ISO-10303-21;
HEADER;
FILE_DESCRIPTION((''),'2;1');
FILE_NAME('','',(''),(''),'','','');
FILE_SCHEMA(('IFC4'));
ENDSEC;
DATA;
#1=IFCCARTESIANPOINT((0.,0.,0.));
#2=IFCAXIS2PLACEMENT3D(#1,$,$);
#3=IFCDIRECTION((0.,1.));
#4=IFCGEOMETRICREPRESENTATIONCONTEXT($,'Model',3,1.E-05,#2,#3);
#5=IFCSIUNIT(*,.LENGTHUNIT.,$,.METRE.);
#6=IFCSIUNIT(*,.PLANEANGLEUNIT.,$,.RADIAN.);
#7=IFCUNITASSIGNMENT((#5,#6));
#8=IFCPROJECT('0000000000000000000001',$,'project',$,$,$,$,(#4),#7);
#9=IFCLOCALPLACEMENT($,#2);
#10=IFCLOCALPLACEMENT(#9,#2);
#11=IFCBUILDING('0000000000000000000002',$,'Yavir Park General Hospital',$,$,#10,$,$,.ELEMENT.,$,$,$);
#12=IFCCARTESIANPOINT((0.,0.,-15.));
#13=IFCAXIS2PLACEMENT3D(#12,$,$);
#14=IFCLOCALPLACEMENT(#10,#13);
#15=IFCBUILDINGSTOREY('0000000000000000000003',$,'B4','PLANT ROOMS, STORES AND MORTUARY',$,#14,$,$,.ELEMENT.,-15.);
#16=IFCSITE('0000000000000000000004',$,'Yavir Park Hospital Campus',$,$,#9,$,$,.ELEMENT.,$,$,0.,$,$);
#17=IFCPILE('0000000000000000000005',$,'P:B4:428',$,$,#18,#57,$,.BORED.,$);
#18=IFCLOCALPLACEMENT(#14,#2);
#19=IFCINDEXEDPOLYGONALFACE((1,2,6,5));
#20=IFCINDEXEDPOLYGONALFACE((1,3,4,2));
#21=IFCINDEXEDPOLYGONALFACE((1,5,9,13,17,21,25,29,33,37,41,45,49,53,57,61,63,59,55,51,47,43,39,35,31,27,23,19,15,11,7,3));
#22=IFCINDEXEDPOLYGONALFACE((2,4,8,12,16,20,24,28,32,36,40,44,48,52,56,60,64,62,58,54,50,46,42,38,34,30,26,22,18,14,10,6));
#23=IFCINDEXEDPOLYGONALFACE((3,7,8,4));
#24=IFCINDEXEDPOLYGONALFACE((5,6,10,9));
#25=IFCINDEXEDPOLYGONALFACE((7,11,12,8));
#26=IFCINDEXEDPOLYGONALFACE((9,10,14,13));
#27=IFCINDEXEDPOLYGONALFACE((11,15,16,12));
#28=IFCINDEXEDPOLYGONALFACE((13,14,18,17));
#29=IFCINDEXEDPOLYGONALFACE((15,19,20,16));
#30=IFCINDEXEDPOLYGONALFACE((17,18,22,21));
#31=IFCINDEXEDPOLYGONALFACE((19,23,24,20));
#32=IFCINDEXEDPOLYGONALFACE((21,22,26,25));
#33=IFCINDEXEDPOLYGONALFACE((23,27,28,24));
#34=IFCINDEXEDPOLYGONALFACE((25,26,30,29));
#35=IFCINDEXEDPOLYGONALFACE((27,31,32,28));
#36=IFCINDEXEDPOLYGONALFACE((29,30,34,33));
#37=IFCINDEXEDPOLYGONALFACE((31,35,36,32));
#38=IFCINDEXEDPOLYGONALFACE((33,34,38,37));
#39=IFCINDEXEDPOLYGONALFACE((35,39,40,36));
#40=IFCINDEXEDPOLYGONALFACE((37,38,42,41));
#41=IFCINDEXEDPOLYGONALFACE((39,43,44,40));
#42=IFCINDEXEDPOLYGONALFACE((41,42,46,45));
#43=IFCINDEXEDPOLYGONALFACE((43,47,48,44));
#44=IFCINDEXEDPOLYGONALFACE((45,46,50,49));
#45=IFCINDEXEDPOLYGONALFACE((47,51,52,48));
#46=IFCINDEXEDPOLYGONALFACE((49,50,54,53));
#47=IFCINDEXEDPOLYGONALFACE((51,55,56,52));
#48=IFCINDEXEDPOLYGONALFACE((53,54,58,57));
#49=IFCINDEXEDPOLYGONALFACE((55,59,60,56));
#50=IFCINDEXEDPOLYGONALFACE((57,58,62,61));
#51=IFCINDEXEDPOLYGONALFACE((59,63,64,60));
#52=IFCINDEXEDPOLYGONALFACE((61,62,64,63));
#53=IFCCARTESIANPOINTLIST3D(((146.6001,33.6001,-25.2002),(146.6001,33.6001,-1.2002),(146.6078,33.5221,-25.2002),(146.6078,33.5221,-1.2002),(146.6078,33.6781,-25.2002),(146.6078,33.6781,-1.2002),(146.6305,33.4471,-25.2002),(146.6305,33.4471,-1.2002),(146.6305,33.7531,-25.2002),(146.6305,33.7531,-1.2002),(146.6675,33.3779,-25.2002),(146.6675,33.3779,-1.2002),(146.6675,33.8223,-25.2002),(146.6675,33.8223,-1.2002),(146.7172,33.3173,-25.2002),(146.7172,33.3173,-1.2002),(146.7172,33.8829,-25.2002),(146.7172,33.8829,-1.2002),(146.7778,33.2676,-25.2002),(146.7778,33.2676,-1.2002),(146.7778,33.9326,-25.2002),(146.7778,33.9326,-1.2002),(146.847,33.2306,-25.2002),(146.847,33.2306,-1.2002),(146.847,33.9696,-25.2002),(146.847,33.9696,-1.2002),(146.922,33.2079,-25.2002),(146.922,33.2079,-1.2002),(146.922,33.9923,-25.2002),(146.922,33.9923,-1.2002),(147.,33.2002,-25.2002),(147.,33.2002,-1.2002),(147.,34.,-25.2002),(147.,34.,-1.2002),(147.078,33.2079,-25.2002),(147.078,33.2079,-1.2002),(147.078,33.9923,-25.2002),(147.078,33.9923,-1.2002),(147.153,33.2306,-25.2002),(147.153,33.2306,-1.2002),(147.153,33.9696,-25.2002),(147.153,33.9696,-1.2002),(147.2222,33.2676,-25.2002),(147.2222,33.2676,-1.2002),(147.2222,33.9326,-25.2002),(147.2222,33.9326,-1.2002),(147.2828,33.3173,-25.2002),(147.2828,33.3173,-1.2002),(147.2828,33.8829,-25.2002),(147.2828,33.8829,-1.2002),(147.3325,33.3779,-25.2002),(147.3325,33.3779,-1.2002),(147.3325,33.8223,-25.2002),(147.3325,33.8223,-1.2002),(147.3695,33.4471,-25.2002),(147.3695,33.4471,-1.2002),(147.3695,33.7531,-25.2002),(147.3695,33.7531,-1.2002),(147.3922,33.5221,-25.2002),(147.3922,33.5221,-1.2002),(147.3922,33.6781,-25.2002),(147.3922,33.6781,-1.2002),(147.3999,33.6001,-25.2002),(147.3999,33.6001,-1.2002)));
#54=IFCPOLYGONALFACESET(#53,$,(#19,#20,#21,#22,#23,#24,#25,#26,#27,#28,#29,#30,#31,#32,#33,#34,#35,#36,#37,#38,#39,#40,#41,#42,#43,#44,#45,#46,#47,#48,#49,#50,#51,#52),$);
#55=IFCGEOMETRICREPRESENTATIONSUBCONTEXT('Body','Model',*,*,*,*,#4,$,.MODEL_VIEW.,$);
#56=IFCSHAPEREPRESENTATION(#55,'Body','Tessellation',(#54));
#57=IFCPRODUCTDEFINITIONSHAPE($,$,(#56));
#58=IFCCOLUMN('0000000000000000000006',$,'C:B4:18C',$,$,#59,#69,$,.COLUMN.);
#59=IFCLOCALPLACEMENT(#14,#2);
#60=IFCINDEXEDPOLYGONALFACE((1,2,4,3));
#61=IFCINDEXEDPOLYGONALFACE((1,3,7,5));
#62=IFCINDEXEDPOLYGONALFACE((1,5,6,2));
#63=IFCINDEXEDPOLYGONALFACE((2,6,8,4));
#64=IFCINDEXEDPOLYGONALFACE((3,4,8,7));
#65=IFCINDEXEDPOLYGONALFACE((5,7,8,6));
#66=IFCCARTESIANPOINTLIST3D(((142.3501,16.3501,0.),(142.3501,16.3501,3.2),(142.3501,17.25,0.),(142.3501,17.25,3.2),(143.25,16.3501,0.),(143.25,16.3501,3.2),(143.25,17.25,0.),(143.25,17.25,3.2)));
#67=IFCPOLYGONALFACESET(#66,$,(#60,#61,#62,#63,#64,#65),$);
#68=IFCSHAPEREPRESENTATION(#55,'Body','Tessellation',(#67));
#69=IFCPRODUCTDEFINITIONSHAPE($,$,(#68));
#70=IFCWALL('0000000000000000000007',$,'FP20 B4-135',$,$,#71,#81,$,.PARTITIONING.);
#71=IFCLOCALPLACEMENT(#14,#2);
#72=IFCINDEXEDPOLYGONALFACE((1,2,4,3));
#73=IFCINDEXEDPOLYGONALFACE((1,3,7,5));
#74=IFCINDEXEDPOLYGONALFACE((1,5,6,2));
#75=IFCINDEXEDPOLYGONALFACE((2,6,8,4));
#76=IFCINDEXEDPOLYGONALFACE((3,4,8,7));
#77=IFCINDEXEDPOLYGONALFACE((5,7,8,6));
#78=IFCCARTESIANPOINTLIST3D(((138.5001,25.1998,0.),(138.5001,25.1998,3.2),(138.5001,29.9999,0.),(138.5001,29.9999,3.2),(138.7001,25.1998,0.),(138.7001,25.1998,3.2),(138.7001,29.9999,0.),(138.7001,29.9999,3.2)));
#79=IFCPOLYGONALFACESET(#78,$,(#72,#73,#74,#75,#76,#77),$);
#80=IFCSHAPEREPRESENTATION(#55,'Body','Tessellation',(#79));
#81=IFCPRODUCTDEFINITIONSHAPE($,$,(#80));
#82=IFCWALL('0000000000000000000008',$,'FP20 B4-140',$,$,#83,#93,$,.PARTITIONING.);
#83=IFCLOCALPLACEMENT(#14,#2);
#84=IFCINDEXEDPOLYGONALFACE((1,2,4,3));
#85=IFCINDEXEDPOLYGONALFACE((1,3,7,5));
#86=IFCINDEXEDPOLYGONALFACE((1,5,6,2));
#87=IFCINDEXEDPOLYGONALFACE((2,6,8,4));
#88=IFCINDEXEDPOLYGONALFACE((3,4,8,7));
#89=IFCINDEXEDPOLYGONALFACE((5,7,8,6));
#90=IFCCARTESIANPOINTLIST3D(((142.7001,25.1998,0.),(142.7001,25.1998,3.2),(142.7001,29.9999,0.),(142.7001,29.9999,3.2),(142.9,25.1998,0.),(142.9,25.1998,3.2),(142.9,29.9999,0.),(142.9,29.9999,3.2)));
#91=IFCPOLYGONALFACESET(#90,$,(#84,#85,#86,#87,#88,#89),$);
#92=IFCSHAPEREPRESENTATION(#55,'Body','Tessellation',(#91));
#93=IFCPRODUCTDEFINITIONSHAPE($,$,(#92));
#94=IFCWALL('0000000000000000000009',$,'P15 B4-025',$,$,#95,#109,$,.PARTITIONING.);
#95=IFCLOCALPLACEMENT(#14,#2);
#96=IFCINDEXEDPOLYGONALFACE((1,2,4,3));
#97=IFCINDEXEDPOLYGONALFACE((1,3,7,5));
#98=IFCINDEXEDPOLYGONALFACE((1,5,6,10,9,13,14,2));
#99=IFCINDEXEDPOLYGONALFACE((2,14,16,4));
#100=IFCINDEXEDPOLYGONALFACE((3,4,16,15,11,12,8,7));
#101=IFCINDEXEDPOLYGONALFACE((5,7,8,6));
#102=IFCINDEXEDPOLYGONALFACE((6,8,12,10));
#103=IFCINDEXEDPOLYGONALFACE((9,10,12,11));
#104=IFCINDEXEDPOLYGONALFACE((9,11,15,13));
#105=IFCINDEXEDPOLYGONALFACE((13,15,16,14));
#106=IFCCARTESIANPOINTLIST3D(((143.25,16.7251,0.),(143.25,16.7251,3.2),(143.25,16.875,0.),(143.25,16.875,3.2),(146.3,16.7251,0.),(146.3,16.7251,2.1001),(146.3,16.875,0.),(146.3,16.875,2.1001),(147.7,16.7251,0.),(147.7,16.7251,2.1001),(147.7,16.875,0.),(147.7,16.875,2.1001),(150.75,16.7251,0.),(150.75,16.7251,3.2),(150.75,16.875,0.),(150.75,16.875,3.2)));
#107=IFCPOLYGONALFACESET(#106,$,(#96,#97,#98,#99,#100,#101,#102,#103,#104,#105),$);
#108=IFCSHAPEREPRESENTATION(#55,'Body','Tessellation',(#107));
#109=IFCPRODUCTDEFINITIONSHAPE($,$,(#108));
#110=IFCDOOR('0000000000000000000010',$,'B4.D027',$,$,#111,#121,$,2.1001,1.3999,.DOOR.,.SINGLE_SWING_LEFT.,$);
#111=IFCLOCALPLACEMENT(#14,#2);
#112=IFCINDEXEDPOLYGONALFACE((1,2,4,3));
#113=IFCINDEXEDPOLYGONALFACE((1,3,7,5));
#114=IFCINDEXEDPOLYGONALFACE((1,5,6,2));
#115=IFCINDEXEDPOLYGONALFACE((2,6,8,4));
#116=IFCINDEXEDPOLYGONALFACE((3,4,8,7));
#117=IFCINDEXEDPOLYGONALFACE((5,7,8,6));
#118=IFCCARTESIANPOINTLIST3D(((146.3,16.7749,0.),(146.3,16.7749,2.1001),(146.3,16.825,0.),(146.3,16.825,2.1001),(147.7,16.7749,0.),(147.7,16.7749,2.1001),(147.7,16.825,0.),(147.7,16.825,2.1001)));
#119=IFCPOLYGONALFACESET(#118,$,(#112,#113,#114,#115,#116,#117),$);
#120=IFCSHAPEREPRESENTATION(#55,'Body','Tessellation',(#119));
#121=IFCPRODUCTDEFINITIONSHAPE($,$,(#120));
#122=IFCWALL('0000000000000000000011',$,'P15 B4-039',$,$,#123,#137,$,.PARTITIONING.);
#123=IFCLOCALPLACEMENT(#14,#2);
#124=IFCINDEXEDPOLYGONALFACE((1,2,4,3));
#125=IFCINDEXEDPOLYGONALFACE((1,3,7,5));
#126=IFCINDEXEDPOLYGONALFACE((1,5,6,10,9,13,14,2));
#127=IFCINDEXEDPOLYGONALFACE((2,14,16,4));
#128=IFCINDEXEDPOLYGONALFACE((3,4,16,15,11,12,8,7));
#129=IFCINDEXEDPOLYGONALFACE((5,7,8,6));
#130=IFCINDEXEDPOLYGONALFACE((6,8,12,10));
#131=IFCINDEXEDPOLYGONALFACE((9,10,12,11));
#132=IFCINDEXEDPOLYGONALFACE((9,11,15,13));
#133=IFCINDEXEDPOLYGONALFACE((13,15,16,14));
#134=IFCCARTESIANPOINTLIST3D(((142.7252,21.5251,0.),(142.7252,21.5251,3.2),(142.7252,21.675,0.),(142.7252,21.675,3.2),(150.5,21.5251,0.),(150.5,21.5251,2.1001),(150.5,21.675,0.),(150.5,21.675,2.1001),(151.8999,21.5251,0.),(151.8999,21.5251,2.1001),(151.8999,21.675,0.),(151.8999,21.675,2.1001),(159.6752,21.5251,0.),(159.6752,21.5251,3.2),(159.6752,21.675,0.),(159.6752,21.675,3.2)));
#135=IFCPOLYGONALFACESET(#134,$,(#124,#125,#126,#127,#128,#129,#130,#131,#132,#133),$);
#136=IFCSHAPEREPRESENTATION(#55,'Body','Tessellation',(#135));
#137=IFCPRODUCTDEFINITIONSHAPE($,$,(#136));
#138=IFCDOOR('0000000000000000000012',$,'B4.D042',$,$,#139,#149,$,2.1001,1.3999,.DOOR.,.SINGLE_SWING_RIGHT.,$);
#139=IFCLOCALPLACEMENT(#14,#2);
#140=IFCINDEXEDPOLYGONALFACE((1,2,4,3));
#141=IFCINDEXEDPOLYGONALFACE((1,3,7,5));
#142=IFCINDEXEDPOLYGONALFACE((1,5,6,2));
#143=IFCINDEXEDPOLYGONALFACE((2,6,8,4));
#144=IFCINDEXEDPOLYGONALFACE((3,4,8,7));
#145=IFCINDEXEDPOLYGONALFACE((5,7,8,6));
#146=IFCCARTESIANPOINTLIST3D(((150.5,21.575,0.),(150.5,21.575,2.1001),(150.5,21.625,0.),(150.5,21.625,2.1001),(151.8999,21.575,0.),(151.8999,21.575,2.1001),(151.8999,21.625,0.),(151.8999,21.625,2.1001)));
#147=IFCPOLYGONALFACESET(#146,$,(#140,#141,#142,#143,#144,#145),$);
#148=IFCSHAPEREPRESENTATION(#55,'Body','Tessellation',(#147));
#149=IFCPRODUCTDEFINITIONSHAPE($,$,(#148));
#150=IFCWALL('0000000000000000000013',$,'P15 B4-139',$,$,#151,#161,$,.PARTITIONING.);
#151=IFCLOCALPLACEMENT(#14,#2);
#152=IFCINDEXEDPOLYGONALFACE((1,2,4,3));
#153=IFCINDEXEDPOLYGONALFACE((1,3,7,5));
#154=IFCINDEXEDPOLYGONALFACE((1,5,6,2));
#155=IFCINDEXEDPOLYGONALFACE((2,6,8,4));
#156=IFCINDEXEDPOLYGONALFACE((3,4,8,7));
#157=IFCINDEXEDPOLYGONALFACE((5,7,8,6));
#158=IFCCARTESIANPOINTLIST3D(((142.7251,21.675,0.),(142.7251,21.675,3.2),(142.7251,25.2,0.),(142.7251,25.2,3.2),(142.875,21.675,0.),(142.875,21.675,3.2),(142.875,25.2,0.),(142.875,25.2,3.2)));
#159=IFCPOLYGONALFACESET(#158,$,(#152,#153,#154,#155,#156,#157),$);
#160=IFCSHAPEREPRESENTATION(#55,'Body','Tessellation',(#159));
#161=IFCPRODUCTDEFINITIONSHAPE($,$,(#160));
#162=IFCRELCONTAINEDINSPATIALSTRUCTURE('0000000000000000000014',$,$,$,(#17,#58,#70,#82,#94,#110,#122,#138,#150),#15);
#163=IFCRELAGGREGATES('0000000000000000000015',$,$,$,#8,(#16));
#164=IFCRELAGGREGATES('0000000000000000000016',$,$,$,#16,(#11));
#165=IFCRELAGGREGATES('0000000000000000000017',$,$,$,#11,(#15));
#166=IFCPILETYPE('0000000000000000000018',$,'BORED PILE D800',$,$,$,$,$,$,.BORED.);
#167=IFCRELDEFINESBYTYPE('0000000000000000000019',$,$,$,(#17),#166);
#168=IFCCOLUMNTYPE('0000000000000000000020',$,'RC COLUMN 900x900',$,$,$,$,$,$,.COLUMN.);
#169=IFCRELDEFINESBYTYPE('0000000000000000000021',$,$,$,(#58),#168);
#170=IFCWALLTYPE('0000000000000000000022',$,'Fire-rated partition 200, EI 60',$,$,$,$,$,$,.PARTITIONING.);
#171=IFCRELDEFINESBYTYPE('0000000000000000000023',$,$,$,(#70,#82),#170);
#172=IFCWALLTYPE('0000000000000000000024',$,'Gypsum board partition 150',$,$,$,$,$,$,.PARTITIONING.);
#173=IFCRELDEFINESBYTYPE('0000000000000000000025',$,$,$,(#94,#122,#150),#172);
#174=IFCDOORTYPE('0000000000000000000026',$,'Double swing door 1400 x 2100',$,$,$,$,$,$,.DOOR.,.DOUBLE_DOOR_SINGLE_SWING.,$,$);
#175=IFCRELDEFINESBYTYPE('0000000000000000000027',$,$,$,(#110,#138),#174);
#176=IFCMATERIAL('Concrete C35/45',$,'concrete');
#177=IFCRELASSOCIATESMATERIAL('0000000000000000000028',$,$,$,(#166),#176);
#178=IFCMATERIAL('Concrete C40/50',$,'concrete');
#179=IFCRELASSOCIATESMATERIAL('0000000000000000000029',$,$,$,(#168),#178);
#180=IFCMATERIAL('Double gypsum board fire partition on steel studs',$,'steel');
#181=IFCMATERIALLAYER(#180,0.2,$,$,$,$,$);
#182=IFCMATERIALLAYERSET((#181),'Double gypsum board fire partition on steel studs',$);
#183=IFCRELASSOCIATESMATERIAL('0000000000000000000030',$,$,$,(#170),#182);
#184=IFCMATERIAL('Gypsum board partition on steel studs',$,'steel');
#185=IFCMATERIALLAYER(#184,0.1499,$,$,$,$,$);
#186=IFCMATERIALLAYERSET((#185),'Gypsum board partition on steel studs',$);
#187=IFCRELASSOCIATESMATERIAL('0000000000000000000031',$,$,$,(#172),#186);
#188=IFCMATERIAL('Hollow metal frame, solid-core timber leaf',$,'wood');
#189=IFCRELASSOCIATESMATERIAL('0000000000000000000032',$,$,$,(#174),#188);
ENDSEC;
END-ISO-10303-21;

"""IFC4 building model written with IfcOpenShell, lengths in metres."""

from ifc_helpers import new_model, si_unit, direction, frame, frame_2d, origin, origin_2d, place, context, subcontext, project, spatial, rectangle, circle, extrude, material, layer, layer_set, material_profile, profile_set, type_object, element, fill, save


model = new_model("IFC4")

# Units and contexts
model_context = context("Model", 3, precision=1e-05, world=origin(), true_north=direction((0.0, 1.0)))
body_context = subcontext(model_context, "Body", "Model", "MODEL_VIEW")
ifc_project = project(units=[si_unit("LENGTHUNIT", "METRE"), si_unit("PLANEANGLEUNIT", "RADIAN")], contexts=[model_context])

# Site, building, storey
site_placement = place(None, origin())
site = spatial("IfcSite", under=ifc_project, at=site_placement, Name="Yavir Park Hospital Campus", CompositionType="ELEMENT", RefElevation=0.0)
building_placement = place(site_placement, origin())
building = spatial("IfcBuilding", under=site, at=building_placement, Name="Yavir Park General Hospital", CompositionType="ELEMENT")
storey_placement = place(building_placement, frame((0.0, 0.0, -15.0)))
storey = spatial("IfcBuildingStorey", under=building, at=storey_placement, Name="B4", Description="PLANT ROOMS, STORES AND MORTUARY", CompositionType="ELEMENT", Elevation=-15.0)

# Pile
ifc_material_1 = material(Name="Concrete C35/45", Category="concrete")
ifc_material_profile_1 = material_profile(ifc_material_1, circle(Radius=0.3999, at=origin_2d()), Name="D800")
ifc_profile_set_1 = profile_set([ifc_material_profile_1], Name="Concrete C35/45")
pile_type_1 = type_object("IfcPileType", Name="BORED PILE D800", PredefinedType="BORED", material=ifc_profile_set_1)
for number, where, z_axis, x_axis, name in (
    (1, (147.0, 33.6001, -1.2002), (0.0, 0.0, -1.0), (1.0, 0.0, 0.0), "P:B4:428"),
):
    element("IfcPile", number, at=place(storey_placement, frame(where, z_axis=z_axis, x_axis=x_axis)), inside=storey, type_object=pile_type_1, Name=name, PredefinedType="BORED", context=body_context, shape_type="SweptSolid", body=[
        extrude(circle(Radius=0.3999, at=origin_2d()), origin(), (0.0, 0.0, 1.0), 24.0),
    ])

# Column
ifc_material_2 = material(Name="Concrete C40/50", Category="concrete")
ifc_material_profile_2 = material_profile(ifc_material_2, rectangle(XDim=0.8999, YDim=0.8999, at=origin_2d()), Name="RC900x900")
ifc_profile_set_2 = profile_set([ifc_material_profile_2], Name="Concrete C40/50")
column_type = type_object("IfcColumnType", Name="RC COLUMN 900x900", PredefinedType="COLUMN", material=ifc_profile_set_2)
column_placement = place(storey_placement, frame((142.8, 16.8, 0.0), z_axis=(0.0, 0.0, 1.0), x_axis=(1.0, 0.0, 0.0)))
element("IfcColumn", 2, at=column_placement, inside=storey, type_object=column_type, Name="C:B4:18C", PredefinedType="COLUMN", context=body_context, shape_type="SweptSolid", body=[
    extrude(rectangle(XDim=0.8999, YDim=0.8999, at=origin_2d()), origin(), (0.0, 0.0, 1.0), 3.2),
])

# Shared definitions
ifc_material_3 = material(Name="Double gypsum board fire partition on steel studs", Category="steel")
ifc_layer_1 = layer(ifc_material_3, 0.2)
ifc_layer_set_1 = layer_set([ifc_layer_1], Name="Double gypsum board fire partition on steel studs")
wall_type_1 = type_object("IfcWallType", Name="Fire-rated partition 200, EI 60", PredefinedType="PARTITIONING", material=ifc_layer_set_1)

# Walls
for number, where, z_axis, x_axis, name in (
    (3, (138.6001, 25.2, 0.0), (0.0, 0.0, 1.0), (0.0, 1.0, 0.0), "FP20 B4-135"),
    (4, (142.8, 25.2, 0.0), (0.0, 0.0, 1.0), (0.0, 1.0, 0.0), "FP20 B4-140"),
):
    element("IfcWall", number, at=place(storey_placement, frame(where, z_axis=z_axis, x_axis=x_axis)), inside=storey, type_object=wall_type_1, Name=name, PredefinedType="PARTITIONING", context=body_context, shape_type="SweptSolid", body=[
        extrude(rectangle(XDim=4.8, YDim=0.2, at=frame_2d((2.3999, 0.0))), origin(), (0.0, 0.0, 1.0), 3.2),
    ])

# Walls, openings, doors
ifc_material_4 = material(Name="Gypsum board partition on steel studs", Category="steel")
ifc_layer_2 = layer(ifc_material_4, 0.1499)
ifc_layer_set_2 = layer_set([ifc_layer_2], Name="Gypsum board partition on steel studs")
wall_type_2 = type_object("IfcWallType", Name="Gypsum board partition 150", PredefinedType="PARTITIONING", material=ifc_layer_set_2)
wall_1_placement = place(storey_placement, frame((143.25, 16.8, 0.0), z_axis=(0.0, 0.0, 1.0), x_axis=(1.0, 0.0, 0.0)))
wall_1 = element("IfcWall", 5, at=wall_1_placement, inside=storey, type_object=wall_type_2, Name="P15 B4-025", PredefinedType="PARTITIONING", context=body_context, shape_type="SweptSolid", body=[
    extrude(rectangle(XDim=7.5, YDim=0.1499, at=frame_2d((3.75, 0.0))), origin(), (0.0, 0.0, 1.0), 3.2),
])
opening_1_placement = place(wall_1_placement, frame((3.05, 0.0, 0.0)))
opening_1 = element("IfcOpeningElement", 6, at=opening_1_placement, cuts=wall_1, PredefinedType="OPENING", context=body_context, shape_type="SweptSolid", body=[
    extrude(rectangle(XDim=1.3999, YDim=2.1001, at=frame_2d((0.7, 1.05))), frame((0.0, 0.085, 0.0), z_axis=(0.0, -1.0, 0.0), x_axis=(1.0, 0.0, 0.0)), (0.0, 0.0, 1.0), 0.1699),
])
ifc_material_5 = material(Name="Hollow metal frame, solid-core timber leaf", Category="wood")
door_type_1 = type_object("IfcDoorType", Name="Double swing door 1400 x 2100", OperationType="DOUBLE_DOOR_SINGLE_SWING", PredefinedType="DOOR", material=ifc_material_5)
door_1_placement = place(opening_1_placement, origin())
door_1 = element("IfcDoor", 7, at=door_1_placement, inside=storey, type_object=door_type_1, Name="B4.D027", OperationType="SINGLE_SWING_LEFT", OverallHeight=2.1001, OverallWidth=1.3999, PredefinedType="DOOR", context=body_context, shape_type="SweptSolid", body=[
    extrude(rectangle(XDim=1.3999, YDim=2.1001, at=frame_2d((0.7, 1.05))), frame((0.0, 0.0249, 0.0), z_axis=(0.0, -1.0, 0.0), x_axis=(1.0, 0.0, 0.0)), (0.0, 0.0, 1.0), 0.05),
])
fill(opening_1, door_1)
wall_2_placement = place(storey_placement, frame((142.7251, 21.6001, 0.0), z_axis=(0.0, 0.0, 1.0), x_axis=(1.0, 0.0, 0.0)))
wall_2 = element("IfcWall", 8, at=wall_2_placement, inside=storey, type_object=wall_type_2, Name="P15 B4-039", PredefinedType="PARTITIONING", context=body_context, shape_type="SweptSolid", body=[
    extrude(rectangle(XDim=16.95, YDim=0.1499, at=frame_2d((8.4751, 0.0))), origin(), (0.0, 0.0, 1.0), 3.2),
])
opening_2_placement = place(wall_2_placement, frame((7.7749, 0.0, 0.0)))
opening_2 = element("IfcOpeningElement", 9, at=opening_2_placement, cuts=wall_2, PredefinedType="OPENING", context=body_context, shape_type="SweptSolid", body=[
    extrude(rectangle(XDim=1.3999, YDim=2.1001, at=frame_2d((0.7, 1.05))), frame((0.0, 0.085, 0.0), z_axis=(0.0, -1.0, 0.0), x_axis=(1.0, 0.0, 0.0)), (0.0, 0.0, 1.0), 0.1699),
])
door_2_placement = place(opening_2_placement, origin())
door_2 = element("IfcDoor", 10, at=door_2_placement, inside=storey, type_object=door_type_1, Name="B4.D042", OperationType="SINGLE_SWING_RIGHT", OverallHeight=2.1001, OverallWidth=1.3999, PredefinedType="DOOR", context=body_context, shape_type="SweptSolid", body=[
    extrude(rectangle(XDim=1.3999, YDim=2.1001, at=frame_2d((0.7, 1.05))), frame((0.0, 0.0249, 0.0), z_axis=(0.0, -1.0, 0.0), x_axis=(1.0, 0.0, 0.0)), (0.0, 0.0, 1.0), 0.05),
])
fill(opening_2, door_2)

# Wall
wall_3_placement = place(storey_placement, frame((142.8, 21.675, 0.0), z_axis=(0.0, 0.0, 1.0), x_axis=(0.0, 1.0, 0.0)))
element("IfcWall", 11, at=wall_3_placement, inside=storey, type_object=wall_type_2, Name="P15 B4-139", PredefinedType="PARTITIONING", context=body_context, shape_type="SweptSolid", body=[
    extrude(rectangle(XDim=3.5249, YDim=0.1499, at=frame_2d((1.7625, 0.0))), origin(), (0.0, 0.0, 1.0), 3.2),
])

save(model, "model.ifc")
